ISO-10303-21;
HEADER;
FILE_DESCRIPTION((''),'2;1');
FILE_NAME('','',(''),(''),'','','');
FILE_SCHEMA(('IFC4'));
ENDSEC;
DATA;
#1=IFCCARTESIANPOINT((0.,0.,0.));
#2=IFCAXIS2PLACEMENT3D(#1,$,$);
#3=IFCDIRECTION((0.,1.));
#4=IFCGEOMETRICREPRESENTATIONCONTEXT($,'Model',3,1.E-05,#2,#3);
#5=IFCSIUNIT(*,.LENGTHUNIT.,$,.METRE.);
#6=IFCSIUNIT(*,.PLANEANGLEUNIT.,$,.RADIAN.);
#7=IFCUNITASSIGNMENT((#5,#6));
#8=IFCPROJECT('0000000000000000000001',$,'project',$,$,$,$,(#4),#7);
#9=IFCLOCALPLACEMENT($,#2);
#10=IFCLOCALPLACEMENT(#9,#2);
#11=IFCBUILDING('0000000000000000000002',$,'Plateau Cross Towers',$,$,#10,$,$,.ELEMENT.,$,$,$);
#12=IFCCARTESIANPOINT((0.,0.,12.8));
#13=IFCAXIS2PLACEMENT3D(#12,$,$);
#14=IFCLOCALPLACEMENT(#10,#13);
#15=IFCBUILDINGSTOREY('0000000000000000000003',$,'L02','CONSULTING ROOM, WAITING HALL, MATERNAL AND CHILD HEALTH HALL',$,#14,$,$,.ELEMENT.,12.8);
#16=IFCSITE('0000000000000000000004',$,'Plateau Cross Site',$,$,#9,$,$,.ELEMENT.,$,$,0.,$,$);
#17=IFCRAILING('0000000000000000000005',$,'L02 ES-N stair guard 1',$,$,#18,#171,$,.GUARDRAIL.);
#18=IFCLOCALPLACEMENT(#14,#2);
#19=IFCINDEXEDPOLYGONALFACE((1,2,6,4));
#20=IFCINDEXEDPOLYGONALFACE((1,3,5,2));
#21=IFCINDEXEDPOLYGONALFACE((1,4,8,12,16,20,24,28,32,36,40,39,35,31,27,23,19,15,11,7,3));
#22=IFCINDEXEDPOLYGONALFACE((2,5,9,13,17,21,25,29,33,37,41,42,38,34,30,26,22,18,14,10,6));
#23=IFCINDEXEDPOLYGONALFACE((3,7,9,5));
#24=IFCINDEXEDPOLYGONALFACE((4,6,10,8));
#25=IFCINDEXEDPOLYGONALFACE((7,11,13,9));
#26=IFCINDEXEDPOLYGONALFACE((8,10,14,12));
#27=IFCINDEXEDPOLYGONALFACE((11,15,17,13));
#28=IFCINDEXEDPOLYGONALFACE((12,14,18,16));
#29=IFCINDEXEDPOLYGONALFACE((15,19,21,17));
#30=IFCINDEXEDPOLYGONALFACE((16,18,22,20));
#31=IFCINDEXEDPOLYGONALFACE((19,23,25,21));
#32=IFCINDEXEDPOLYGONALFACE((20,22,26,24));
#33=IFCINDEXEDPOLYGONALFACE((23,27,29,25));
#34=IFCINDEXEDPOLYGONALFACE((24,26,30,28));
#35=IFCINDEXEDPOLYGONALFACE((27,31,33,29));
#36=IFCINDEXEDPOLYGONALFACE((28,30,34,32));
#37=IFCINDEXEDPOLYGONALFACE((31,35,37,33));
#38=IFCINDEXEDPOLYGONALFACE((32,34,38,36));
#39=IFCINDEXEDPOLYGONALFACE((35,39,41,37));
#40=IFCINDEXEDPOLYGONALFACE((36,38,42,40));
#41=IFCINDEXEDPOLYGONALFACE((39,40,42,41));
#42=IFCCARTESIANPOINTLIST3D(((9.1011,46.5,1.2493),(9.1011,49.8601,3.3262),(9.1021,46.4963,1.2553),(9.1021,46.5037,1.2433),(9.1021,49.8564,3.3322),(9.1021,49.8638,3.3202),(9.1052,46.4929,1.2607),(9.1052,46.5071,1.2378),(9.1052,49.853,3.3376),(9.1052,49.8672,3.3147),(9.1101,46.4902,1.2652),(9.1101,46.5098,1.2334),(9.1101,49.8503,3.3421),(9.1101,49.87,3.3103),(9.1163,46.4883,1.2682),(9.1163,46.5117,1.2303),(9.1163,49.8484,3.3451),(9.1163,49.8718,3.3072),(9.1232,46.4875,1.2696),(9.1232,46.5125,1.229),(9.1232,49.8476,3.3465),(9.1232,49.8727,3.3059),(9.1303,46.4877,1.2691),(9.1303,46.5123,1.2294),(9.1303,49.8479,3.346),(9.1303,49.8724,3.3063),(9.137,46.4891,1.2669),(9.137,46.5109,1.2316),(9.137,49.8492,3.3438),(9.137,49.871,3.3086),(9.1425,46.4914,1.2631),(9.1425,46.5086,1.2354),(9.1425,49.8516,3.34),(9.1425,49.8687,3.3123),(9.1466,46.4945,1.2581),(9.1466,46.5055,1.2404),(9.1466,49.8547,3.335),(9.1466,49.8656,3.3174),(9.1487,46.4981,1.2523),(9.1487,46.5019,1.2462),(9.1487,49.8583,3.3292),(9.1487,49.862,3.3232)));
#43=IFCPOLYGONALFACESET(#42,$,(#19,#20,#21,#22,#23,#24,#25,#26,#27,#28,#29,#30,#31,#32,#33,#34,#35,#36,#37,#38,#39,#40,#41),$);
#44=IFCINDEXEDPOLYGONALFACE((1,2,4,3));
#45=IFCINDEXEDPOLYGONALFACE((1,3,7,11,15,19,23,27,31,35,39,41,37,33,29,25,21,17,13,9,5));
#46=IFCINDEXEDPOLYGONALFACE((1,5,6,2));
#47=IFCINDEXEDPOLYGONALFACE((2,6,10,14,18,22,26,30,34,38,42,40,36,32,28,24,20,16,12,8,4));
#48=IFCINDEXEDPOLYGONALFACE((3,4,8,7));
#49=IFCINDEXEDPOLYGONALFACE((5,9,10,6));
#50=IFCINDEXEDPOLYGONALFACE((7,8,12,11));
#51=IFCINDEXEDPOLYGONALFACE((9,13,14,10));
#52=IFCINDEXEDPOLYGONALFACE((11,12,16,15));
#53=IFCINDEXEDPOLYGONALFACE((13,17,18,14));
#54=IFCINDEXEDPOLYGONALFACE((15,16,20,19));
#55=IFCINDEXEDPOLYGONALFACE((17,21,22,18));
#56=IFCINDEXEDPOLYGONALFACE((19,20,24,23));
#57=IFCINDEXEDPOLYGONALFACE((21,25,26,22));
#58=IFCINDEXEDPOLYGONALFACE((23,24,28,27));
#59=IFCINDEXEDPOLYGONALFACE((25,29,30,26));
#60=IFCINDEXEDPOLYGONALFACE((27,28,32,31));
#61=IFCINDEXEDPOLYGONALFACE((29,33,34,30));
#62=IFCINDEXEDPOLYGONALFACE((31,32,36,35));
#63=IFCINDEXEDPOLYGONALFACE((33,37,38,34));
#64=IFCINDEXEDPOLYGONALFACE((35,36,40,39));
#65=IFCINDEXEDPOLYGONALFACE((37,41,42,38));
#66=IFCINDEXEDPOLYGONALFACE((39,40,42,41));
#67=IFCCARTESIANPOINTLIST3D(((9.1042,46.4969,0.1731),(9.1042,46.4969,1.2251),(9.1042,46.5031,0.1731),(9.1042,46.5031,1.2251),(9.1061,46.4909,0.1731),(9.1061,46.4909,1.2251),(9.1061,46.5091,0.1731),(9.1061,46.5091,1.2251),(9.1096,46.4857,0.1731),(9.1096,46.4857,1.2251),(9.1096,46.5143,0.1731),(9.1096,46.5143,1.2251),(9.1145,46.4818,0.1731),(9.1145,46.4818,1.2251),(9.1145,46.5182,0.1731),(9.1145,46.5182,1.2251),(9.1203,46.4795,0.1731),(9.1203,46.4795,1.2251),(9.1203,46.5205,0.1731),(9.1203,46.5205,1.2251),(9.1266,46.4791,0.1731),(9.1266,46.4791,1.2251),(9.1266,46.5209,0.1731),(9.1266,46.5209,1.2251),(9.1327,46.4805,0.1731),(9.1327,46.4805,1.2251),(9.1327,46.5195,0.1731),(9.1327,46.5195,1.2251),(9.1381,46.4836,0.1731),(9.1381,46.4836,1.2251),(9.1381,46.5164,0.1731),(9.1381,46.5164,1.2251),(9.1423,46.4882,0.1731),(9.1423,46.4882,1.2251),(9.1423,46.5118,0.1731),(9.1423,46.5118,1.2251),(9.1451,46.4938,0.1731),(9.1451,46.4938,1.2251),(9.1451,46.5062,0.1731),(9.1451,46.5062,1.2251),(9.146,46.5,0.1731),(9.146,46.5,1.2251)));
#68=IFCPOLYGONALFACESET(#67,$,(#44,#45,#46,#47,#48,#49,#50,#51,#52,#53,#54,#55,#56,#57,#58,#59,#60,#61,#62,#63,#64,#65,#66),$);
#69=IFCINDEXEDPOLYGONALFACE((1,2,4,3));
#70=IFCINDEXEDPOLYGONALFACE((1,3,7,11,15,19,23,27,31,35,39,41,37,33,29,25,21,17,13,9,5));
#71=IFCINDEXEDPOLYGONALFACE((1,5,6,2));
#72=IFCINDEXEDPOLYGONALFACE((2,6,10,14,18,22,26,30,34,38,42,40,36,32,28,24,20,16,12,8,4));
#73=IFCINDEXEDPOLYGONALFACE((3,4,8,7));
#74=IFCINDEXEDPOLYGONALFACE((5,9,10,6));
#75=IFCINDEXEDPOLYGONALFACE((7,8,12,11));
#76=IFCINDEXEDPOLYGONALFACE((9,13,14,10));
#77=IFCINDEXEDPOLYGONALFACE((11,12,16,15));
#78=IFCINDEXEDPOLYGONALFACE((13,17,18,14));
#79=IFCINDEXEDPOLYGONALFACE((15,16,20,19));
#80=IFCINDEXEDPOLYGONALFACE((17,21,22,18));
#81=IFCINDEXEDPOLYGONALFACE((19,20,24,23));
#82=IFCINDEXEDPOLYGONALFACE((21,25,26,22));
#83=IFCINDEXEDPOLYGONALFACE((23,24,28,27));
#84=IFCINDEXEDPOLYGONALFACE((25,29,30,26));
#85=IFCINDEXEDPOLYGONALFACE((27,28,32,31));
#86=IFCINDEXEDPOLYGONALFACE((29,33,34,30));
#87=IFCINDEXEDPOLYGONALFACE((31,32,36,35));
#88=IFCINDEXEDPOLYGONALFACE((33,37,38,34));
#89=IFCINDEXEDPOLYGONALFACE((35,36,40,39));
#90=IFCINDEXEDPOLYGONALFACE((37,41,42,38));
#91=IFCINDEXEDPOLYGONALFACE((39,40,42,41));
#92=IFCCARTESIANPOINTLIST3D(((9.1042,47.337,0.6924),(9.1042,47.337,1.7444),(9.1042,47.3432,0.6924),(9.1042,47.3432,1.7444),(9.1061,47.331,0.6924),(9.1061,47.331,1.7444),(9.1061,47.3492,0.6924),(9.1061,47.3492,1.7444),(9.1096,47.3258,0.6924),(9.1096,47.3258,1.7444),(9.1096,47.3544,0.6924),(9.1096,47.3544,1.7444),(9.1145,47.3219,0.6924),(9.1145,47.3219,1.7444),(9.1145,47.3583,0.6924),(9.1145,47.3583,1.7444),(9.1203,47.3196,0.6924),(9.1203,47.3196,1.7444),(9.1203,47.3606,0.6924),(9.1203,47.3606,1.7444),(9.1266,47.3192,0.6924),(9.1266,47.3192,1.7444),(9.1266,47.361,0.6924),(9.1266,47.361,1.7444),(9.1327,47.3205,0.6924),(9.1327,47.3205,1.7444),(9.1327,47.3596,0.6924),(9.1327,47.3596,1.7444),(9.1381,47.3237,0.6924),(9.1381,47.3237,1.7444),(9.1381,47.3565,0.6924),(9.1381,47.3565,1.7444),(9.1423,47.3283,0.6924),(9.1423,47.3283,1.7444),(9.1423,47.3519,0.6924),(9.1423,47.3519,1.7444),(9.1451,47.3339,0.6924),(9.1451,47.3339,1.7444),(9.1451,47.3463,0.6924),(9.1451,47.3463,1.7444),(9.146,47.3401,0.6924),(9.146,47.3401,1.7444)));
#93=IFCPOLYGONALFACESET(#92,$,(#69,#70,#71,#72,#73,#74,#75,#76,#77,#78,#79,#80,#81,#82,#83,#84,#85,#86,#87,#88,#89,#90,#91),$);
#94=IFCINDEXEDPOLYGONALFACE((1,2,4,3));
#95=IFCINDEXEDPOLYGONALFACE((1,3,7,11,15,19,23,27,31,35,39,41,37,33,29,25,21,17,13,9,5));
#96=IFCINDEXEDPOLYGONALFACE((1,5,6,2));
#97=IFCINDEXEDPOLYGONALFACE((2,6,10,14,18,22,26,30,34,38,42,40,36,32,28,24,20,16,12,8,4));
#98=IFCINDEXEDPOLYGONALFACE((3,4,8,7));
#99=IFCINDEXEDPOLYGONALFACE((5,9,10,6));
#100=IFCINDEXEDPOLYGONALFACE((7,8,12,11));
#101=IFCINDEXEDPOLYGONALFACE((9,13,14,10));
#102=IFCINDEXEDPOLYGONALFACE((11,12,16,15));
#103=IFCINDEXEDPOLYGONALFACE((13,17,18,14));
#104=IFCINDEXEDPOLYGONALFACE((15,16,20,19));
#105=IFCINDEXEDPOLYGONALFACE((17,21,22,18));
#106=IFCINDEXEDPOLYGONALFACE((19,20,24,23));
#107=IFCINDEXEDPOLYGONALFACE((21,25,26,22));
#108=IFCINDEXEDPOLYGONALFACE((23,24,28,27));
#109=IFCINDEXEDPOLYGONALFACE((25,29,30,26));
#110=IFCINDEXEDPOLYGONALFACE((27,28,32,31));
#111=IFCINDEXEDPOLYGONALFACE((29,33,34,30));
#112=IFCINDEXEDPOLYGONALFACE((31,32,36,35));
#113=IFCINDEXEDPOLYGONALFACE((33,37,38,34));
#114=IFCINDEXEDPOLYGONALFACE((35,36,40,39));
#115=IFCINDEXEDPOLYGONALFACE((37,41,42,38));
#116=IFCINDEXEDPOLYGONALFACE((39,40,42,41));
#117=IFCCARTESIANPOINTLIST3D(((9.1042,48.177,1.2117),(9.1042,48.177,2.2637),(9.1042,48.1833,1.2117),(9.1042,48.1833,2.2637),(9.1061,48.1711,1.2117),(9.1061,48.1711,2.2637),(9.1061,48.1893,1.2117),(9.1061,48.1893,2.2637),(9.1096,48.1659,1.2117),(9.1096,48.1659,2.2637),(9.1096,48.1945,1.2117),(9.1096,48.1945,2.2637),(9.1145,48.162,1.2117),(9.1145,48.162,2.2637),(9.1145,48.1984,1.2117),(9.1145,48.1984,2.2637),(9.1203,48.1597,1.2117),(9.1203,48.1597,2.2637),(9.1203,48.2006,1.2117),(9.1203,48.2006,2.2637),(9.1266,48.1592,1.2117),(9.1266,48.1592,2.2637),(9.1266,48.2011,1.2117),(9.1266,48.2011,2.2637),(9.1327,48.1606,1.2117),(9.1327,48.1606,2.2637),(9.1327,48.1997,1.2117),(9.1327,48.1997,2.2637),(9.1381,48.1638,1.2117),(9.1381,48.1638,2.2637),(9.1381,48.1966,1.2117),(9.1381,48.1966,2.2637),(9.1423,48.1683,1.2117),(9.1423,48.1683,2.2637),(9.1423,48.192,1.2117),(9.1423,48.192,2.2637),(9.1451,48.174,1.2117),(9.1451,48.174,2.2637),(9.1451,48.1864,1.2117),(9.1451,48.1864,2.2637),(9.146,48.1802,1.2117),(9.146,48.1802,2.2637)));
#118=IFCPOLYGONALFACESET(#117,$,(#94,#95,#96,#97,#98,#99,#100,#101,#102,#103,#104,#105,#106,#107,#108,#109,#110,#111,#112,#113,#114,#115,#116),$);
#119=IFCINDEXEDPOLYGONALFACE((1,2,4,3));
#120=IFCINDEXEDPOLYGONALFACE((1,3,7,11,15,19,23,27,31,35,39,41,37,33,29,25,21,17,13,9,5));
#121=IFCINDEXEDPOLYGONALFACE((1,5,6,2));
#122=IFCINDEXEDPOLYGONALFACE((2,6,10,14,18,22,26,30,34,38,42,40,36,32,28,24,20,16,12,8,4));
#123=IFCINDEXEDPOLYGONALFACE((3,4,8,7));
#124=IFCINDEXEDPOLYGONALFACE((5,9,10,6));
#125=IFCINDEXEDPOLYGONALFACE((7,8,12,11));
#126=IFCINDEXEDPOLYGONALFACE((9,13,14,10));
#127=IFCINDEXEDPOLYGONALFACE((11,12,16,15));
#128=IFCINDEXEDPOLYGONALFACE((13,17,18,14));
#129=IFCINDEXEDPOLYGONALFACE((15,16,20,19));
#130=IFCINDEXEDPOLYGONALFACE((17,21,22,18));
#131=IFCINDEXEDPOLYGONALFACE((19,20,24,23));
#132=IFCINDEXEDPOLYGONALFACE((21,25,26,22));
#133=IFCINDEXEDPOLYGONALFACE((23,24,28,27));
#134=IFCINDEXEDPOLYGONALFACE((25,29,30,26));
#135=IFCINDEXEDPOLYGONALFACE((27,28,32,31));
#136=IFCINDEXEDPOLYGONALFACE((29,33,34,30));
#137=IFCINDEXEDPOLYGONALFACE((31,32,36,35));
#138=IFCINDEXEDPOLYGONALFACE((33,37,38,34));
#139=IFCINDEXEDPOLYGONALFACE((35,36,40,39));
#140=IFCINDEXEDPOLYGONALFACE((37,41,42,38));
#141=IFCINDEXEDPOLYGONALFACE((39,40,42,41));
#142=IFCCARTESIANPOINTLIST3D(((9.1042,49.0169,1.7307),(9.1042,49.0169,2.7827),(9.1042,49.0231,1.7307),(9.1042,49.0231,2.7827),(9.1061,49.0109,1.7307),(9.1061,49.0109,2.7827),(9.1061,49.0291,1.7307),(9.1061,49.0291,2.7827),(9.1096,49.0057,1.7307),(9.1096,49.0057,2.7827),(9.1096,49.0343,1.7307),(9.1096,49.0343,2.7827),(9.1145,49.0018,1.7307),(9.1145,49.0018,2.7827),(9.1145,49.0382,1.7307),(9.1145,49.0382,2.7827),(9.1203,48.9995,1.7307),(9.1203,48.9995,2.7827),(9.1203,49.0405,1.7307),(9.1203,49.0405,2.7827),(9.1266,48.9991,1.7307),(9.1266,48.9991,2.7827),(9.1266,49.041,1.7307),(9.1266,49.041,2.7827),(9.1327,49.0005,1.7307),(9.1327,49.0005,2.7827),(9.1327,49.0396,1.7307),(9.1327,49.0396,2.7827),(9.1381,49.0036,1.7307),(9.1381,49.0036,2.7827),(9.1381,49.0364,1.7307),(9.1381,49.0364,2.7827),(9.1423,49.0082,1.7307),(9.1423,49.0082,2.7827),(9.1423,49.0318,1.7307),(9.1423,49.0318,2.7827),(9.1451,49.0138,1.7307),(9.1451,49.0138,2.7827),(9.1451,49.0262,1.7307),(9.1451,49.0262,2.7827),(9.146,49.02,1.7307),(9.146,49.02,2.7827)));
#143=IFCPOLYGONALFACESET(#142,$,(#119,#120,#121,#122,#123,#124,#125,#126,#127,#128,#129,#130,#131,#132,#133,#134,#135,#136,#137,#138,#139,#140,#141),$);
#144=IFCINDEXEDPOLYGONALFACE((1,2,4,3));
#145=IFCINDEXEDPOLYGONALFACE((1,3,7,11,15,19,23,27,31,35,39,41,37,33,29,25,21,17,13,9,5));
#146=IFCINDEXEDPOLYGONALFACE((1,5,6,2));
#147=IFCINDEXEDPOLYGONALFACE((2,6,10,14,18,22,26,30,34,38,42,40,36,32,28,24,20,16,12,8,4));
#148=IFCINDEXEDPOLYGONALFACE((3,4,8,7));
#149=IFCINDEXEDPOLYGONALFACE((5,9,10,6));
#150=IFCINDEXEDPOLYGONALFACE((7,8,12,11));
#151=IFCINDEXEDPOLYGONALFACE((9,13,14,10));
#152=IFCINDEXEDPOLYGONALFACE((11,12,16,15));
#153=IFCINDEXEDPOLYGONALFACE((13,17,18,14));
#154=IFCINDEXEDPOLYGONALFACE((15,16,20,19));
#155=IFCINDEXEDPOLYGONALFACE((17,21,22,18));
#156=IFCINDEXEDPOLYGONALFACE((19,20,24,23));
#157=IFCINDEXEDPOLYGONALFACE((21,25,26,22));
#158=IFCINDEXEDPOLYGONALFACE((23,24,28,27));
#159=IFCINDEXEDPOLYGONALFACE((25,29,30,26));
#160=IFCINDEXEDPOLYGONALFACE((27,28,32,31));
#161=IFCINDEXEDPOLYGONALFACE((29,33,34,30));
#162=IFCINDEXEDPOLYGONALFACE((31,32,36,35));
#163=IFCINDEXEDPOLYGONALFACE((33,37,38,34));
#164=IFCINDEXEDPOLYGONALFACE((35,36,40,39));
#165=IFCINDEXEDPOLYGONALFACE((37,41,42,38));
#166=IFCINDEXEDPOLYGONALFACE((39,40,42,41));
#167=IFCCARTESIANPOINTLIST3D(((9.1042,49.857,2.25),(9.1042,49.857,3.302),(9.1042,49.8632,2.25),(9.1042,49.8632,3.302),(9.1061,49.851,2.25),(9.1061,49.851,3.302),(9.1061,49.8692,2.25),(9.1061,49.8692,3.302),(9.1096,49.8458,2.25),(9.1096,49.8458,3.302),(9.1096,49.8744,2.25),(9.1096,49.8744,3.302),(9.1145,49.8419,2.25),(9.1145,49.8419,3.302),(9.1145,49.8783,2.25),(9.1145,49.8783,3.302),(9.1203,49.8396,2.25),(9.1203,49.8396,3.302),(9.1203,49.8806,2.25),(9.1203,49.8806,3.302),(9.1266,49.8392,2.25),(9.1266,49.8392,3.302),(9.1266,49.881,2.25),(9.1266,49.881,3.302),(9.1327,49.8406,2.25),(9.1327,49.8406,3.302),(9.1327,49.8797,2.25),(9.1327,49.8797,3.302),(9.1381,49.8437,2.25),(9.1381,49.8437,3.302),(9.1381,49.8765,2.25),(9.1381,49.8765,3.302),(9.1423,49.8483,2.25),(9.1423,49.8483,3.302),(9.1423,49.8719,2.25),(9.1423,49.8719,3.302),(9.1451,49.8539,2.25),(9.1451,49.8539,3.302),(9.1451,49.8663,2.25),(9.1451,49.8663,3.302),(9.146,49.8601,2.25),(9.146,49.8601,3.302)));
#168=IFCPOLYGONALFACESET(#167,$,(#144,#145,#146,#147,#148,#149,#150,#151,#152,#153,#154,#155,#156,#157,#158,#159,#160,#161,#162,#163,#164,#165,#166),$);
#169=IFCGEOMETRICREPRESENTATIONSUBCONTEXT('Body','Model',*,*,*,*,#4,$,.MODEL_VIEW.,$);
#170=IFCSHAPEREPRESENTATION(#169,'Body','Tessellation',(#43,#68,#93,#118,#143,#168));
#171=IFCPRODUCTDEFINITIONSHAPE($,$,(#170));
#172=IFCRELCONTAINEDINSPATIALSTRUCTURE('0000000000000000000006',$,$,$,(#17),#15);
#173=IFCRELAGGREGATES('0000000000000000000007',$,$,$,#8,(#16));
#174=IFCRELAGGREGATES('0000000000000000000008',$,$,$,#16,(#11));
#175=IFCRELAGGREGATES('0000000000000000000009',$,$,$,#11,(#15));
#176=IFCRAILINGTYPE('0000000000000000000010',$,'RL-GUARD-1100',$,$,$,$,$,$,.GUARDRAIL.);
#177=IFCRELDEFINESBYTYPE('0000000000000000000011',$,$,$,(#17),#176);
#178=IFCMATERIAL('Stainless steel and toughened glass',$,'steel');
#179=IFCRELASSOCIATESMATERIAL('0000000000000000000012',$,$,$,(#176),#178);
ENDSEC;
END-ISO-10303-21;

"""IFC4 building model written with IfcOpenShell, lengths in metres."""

from ifc_helpers import new_model, si_unit, direction, frame, origin, origin_2d, place, context, subcontext, project, spatial, circle, extrude, material, type_object, element, save


model = new_model("IFC4")

# Units and contexts
model_context = context("Model", 3, precision=1e-05, world=origin(), true_north=direction((0.0, 1.0)))
body_context = subcontext(model_context, "Body", "Model", "MODEL_VIEW")
ifc_project = project(units=[si_unit("LENGTHUNIT", "METRE"), si_unit("PLANEANGLEUNIT", "RADIAN")], contexts=[model_context])

# Site, building, storey
site_placement = place(None, origin())
site = spatial("IfcSite", under=ifc_project, at=site_placement, Name="Plateau Cross Site", CompositionType="ELEMENT", RefElevation=0.0)
building_placement = place(site_placement, origin())
building = spatial("IfcBuilding", under=site, at=building_placement, Name="Plateau Cross Towers", CompositionType="ELEMENT")
storey_placement = place(building_placement, frame((0.0, 0.0, 12.8)))
storey = spatial("IfcBuildingStorey", under=building, at=storey_placement, Name="L02", Description="CONSULTING ROOM, WAITING HALL, MATERNAL AND CHILD HEALTH HALL", CompositionType="ELEMENT", Elevation=12.8)

# Railing
ifc_material_1 = material(Name="Stainless steel and toughened glass", Category="steel")
railing_type_1 = type_object("IfcRailingType", Name="RL-GUARD-1100", PredefinedType="GUARDRAIL", material=ifc_material_1)
railing_1_placement = place(storey_placement, frame((9.125, 46.5, 0.1731)))
element("IfcRailing", 1, at=railing_1_placement, inside=storey, type_object=railing_type_1, Name="L02 ES-N stair guard 1", PredefinedType="GUARDRAIL", context=body_context, shape_type="SweptSolid", body=[
    extrude(circle(Radius=0.0239, at=origin_2d()), frame((0.0, 0.0, 1.0762), z_axis=(0.0, 0.850623, 0.525776), x_axis=(-1.0, 0.0, 0.0)), (0.0, 0.0, 1.0), 3.9502),
    extrude(circle(Radius=0.021, at=origin_2d()), origin(), (0.0, 0.0, 1.0), 1.052),
    extrude(circle(Radius=0.021, at=origin_2d()), frame((0.0, 0.8401, 0.5193)), (0.0, 0.0, 1.0), 1.052),
    extrude(circle(Radius=0.021, at=origin_2d()), frame((0.0, 1.6802, 1.0386)), (0.0, 0.0, 1.0), 1.052),
    extrude(circle(Radius=0.021, at=origin_2d()), frame((0.0, 2.52, 1.5576)), (0.0, 0.0, 1.0), 1.052),
    extrude(circle(Radius=0.021, at=origin_2d()), frame((0.0, 3.3601, 2.0769)), (0.0, 0.0, 1.0), 1.052),
])

save(model, "model.ifc")
